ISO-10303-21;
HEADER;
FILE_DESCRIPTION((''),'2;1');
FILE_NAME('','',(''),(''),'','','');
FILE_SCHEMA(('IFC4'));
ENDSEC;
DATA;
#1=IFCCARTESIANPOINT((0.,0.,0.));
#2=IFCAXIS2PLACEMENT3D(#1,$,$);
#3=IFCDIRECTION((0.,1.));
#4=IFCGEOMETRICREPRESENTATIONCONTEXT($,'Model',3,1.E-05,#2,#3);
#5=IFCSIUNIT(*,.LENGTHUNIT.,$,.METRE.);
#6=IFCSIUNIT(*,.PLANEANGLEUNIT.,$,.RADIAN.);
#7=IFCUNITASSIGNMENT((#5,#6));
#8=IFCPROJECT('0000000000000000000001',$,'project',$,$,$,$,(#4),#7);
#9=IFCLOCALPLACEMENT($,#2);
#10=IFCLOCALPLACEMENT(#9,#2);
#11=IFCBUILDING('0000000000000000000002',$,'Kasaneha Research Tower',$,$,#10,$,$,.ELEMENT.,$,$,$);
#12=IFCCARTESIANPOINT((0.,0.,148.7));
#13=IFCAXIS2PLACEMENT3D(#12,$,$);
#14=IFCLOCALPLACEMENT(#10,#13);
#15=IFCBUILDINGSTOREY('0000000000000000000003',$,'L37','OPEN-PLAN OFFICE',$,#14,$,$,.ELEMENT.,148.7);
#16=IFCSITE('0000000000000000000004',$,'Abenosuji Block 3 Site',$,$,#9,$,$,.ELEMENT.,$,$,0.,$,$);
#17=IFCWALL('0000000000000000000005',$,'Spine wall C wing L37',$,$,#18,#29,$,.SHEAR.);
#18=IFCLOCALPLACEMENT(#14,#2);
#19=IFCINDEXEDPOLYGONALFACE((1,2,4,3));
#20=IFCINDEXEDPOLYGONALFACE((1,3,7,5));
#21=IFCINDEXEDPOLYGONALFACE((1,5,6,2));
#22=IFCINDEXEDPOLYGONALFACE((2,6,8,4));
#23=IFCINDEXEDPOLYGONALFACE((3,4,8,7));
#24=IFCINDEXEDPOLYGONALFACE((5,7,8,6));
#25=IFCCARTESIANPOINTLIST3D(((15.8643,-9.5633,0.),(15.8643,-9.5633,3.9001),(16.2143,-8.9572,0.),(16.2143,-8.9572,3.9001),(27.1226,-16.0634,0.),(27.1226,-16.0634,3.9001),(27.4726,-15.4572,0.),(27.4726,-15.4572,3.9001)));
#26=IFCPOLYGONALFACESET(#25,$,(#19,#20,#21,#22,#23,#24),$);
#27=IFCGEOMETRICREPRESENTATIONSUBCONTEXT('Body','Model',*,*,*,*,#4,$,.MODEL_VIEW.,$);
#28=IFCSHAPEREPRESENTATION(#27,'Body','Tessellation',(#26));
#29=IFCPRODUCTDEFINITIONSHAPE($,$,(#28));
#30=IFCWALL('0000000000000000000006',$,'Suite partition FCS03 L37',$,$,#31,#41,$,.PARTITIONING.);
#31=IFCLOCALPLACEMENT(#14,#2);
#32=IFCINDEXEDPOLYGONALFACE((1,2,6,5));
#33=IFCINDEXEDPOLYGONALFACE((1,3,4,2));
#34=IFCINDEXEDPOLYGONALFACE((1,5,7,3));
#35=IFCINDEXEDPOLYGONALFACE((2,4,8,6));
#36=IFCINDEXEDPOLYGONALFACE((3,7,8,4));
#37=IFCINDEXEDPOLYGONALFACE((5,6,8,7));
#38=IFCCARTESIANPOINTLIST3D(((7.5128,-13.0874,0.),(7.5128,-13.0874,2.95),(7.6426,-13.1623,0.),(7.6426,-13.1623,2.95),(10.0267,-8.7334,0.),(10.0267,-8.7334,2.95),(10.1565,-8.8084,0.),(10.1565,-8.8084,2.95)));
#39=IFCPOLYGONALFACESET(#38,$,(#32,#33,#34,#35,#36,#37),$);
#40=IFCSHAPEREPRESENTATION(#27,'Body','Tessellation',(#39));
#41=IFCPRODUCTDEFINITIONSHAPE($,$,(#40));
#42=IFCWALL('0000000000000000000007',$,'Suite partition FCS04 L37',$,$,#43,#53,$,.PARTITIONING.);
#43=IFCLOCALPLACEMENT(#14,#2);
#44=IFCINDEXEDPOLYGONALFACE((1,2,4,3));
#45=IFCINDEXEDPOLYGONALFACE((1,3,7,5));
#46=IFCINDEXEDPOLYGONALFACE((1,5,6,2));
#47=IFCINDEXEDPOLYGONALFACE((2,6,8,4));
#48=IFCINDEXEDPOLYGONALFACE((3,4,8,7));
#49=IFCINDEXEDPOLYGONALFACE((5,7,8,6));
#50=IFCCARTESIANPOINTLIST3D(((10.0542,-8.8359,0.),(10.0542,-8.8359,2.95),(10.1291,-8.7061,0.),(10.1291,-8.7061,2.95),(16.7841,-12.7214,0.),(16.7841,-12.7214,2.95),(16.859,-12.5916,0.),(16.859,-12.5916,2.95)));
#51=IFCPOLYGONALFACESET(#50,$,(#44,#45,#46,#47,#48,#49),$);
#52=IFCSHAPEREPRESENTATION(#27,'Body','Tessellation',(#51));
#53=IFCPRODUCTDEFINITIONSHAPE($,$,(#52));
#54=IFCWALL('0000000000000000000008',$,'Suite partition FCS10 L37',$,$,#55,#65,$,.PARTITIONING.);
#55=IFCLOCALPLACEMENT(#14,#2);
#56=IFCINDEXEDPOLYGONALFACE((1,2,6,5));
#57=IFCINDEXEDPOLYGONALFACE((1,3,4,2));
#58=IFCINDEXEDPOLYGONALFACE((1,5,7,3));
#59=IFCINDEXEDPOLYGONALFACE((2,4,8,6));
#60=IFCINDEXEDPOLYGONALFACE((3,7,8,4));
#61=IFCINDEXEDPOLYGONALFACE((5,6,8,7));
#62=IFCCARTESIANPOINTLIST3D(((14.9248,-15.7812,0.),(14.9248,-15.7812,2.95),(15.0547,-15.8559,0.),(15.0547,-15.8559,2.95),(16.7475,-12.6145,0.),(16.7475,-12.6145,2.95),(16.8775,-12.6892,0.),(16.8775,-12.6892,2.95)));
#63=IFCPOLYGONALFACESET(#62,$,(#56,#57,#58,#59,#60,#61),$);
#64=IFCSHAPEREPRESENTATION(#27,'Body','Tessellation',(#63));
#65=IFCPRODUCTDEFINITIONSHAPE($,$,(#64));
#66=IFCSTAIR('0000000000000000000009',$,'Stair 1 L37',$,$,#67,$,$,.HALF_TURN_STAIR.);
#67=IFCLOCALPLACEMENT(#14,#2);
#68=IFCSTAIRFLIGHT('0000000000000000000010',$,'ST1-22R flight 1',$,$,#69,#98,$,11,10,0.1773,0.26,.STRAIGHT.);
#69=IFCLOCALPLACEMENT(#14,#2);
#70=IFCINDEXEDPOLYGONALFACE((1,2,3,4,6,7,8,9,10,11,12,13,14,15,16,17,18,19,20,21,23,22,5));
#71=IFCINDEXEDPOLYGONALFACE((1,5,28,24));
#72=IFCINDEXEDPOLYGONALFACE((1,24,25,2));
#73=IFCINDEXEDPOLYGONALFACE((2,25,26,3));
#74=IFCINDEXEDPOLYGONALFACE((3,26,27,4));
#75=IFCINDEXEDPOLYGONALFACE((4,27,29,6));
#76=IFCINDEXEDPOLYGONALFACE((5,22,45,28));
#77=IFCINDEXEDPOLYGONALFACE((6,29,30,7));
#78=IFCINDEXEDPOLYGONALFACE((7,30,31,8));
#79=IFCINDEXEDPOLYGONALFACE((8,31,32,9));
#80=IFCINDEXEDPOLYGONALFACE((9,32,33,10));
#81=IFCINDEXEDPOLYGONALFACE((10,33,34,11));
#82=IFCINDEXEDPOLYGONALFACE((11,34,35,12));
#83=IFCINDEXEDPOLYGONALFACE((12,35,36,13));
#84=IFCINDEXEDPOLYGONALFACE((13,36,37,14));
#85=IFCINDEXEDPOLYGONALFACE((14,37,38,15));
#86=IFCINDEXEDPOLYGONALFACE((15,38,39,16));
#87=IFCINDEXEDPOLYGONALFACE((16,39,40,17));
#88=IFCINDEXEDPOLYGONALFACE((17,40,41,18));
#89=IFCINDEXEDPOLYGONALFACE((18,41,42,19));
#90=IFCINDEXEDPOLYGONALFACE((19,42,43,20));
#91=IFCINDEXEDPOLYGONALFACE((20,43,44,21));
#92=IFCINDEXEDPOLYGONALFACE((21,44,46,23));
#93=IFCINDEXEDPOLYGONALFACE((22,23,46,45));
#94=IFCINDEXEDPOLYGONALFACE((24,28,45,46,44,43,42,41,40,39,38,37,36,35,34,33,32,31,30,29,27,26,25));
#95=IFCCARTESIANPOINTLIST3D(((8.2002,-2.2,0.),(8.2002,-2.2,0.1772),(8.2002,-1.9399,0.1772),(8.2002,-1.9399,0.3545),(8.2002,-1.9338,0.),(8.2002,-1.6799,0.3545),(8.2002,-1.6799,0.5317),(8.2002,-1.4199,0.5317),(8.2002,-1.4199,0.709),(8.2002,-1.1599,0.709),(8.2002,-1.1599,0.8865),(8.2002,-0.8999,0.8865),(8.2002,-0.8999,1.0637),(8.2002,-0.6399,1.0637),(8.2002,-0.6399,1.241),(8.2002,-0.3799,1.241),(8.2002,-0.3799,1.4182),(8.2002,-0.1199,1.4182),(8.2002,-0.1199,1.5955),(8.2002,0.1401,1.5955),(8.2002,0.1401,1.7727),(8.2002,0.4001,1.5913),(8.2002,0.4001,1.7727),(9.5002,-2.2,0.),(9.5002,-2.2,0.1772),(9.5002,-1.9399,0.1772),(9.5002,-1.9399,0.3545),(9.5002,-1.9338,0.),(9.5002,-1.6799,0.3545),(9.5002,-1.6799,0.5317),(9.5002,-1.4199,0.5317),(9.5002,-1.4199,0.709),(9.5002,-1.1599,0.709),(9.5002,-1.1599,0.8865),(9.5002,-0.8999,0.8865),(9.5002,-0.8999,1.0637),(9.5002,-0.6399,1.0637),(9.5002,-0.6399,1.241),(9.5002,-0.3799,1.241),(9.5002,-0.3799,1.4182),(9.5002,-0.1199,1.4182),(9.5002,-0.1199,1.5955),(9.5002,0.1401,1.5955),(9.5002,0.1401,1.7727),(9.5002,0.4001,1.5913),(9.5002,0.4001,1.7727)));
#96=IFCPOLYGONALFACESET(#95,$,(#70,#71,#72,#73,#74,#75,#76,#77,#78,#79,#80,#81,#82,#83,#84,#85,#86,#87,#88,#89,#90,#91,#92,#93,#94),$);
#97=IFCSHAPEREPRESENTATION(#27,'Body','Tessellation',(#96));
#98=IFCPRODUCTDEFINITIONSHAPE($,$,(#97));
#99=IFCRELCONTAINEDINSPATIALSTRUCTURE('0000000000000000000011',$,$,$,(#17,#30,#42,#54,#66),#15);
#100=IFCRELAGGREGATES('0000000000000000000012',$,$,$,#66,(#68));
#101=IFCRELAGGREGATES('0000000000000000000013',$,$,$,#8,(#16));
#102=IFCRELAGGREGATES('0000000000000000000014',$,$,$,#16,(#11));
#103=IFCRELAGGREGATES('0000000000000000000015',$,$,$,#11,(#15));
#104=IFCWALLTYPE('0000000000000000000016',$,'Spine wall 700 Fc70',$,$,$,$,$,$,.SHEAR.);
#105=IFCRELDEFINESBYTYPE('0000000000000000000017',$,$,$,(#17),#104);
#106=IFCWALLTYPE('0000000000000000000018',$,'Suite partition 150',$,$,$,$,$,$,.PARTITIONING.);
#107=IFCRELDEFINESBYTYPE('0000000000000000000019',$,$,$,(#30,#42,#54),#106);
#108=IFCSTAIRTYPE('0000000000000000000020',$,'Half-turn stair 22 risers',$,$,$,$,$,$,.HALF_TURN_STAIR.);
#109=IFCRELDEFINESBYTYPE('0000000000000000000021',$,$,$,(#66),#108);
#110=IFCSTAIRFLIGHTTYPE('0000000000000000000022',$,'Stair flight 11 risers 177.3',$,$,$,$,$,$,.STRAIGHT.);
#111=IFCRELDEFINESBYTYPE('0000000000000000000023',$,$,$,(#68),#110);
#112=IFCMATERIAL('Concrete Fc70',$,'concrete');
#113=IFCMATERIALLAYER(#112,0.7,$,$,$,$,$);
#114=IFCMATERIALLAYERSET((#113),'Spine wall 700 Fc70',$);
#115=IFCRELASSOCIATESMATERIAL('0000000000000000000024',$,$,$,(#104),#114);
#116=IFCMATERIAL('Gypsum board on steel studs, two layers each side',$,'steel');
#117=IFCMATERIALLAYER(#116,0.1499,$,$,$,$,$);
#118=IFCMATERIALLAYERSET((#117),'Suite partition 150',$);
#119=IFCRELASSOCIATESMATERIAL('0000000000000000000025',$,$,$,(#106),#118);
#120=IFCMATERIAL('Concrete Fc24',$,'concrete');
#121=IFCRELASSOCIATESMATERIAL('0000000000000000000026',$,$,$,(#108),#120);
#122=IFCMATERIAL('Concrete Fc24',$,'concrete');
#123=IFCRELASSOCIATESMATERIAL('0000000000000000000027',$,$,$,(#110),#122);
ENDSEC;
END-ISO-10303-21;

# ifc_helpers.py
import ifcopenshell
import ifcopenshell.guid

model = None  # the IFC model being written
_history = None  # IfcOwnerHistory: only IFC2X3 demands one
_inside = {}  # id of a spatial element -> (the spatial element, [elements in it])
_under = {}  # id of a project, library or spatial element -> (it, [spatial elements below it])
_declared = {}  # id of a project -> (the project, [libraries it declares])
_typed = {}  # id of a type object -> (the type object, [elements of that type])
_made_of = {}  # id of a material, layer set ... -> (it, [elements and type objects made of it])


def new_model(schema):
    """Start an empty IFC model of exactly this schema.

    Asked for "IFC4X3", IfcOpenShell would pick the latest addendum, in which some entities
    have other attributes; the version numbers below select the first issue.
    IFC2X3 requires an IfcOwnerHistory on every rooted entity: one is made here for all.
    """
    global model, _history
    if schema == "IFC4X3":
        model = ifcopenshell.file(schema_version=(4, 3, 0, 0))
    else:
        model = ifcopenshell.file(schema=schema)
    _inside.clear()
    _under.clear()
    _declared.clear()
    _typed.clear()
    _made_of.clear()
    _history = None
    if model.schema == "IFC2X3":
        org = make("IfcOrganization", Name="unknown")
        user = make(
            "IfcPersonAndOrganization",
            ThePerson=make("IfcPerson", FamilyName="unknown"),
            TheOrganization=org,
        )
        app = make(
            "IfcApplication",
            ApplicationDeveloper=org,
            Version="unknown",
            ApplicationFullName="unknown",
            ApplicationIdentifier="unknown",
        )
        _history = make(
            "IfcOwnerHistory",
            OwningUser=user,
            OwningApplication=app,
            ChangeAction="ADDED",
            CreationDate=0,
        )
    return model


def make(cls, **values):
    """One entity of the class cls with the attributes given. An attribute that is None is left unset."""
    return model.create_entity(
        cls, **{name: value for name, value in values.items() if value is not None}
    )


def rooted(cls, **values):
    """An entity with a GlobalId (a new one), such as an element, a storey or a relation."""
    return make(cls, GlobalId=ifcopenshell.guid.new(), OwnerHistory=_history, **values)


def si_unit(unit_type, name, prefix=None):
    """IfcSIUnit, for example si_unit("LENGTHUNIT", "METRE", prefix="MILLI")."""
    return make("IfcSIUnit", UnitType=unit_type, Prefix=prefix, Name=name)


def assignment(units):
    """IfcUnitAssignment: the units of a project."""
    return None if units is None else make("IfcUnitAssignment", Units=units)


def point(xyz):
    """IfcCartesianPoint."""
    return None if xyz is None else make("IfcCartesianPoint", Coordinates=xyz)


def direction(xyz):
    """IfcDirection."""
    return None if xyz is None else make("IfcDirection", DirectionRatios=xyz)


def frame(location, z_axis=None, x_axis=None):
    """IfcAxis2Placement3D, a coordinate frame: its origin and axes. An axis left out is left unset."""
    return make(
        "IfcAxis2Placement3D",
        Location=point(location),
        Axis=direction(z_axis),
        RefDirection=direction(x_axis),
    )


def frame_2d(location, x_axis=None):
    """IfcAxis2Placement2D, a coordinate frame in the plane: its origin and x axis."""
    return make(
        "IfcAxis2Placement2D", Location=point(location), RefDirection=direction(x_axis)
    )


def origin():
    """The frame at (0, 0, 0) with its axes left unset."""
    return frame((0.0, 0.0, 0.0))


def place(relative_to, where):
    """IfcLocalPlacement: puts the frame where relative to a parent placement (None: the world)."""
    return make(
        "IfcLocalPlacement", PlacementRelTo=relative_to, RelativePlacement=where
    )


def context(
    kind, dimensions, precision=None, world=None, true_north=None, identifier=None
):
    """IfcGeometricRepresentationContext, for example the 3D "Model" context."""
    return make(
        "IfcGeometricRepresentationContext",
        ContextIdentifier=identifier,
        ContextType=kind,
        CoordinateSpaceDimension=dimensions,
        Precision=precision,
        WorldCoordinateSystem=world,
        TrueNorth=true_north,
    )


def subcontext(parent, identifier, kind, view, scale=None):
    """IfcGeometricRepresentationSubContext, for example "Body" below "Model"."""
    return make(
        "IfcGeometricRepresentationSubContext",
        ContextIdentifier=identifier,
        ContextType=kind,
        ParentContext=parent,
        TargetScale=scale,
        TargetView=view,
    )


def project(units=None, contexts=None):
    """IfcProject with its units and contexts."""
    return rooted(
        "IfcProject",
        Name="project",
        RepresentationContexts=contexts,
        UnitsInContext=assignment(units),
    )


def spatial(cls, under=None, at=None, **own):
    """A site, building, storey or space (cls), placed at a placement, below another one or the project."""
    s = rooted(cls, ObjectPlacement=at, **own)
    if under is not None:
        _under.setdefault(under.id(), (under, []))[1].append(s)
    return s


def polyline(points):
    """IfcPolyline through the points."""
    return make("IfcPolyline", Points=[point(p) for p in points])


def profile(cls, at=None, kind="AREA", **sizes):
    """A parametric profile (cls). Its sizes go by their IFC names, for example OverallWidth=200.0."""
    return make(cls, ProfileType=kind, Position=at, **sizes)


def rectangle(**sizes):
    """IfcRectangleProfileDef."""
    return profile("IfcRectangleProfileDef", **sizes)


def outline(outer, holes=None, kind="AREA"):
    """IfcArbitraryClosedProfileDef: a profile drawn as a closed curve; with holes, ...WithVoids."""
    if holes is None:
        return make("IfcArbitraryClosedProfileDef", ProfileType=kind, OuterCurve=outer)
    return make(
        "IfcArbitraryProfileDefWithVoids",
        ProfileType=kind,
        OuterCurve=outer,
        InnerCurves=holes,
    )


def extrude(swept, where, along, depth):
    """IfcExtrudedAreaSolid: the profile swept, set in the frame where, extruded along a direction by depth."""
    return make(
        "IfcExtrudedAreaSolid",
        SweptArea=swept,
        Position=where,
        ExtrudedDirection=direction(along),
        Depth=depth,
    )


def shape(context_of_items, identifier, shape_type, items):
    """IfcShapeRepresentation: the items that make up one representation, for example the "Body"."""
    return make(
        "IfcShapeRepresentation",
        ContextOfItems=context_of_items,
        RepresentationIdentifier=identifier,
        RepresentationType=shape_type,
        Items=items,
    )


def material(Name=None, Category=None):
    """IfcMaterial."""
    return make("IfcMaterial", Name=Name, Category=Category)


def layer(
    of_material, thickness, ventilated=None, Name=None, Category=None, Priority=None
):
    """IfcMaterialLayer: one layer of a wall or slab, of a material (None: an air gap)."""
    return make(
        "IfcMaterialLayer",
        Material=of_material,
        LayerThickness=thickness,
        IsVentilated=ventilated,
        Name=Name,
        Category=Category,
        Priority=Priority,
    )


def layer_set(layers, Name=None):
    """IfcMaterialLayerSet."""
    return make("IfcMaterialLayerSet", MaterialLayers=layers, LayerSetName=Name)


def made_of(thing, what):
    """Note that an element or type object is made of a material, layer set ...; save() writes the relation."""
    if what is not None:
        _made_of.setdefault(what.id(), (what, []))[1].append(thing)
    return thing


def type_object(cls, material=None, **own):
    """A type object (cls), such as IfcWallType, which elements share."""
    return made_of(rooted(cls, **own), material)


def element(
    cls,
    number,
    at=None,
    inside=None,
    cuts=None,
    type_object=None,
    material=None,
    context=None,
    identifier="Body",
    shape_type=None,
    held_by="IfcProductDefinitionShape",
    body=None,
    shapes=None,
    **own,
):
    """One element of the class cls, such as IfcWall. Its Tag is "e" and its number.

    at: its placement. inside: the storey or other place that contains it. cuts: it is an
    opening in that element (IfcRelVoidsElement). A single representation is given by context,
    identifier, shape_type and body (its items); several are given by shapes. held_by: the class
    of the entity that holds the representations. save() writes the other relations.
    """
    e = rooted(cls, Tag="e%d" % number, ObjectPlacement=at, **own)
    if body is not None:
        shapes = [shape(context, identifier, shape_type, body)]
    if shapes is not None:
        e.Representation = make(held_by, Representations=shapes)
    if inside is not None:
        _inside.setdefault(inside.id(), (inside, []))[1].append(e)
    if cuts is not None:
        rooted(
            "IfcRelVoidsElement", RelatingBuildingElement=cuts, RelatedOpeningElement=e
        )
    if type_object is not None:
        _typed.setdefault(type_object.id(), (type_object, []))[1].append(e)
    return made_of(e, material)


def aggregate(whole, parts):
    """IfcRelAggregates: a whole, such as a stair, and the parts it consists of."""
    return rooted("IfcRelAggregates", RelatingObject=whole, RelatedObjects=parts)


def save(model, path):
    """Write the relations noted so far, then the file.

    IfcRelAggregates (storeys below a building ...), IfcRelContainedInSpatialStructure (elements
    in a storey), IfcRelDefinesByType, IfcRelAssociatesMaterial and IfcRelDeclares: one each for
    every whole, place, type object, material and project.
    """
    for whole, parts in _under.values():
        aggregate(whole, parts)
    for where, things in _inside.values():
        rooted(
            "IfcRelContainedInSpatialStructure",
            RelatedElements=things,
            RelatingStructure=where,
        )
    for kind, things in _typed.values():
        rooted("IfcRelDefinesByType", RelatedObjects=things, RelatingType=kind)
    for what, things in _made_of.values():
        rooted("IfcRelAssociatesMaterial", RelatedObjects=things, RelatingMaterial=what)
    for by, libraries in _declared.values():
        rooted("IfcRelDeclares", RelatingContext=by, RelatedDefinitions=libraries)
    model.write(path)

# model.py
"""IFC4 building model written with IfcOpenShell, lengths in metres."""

from ifc_helpers import new_model, si_unit, direction, frame, frame_2d, origin, place, context, subcontext, project, spatial, polyline, rectangle, outline, extrude, material, layer, layer_set, type_object, element, aggregate, save


model = new_model("IFC4")

# Units and contexts
model_context = context("Model", 3, precision=1e-05, world=origin(), true_north=direction((0.0, 1.0)))
body_context = subcontext(model_context, "Body", "Model", "MODEL_VIEW")
ifc_project = project(units=[si_unit("LENGTHUNIT", "METRE"), si_unit("PLANEANGLEUNIT", "RADIAN")], contexts=[model_context])

# Site, building, storey
site_placement = place(None, origin())
site = spatial("IfcSite", under=ifc_project, at=site_placement, Name="Abenosuji Block 3 Site", CompositionType="ELEMENT", RefElevation=0.0)
building_placement = place(site_placement, origin())
building = spatial("IfcBuilding", under=site, at=building_placement, Name="Kasaneha Research Tower", CompositionType="ELEMENT")
storey_placement = place(building_placement, frame((0.0, 0.0, 148.7)))
storey = spatial("IfcBuildingStorey", under=building, at=storey_placement, Name="L37", Description="OPEN-PLAN OFFICE", CompositionType="ELEMENT", Elevation=148.7)

# Shared definitions
ifc_material_1 = material(Name="Concrete Fc70", Category="concrete")
ifc_layer_1 = layer(ifc_material_1, 0.7)
ifc_layer_set_1 = layer_set([ifc_layer_1], Name="Spine wall 700 Fc70")
wall_type_1 = type_object("IfcWallType", Name="Spine wall 700 Fc70", PredefinedType="SHEAR", material=ifc_layer_set_1)

# Walls
wall_1_placement = place(storey_placement, frame((16.0393, -9.2603, 0.0), z_axis=(0.0, 0.0, 1.0), x_axis=(0.866025, -0.500001, 0.0)))
element("IfcWall", 1, at=wall_1_placement, inside=storey, type_object=wall_type_1, Name="Spine wall C wing L37", PredefinedType="SHEAR", context=body_context, shape_type="SweptSolid", body=[
    extrude(rectangle(XDim=13.0, YDim=0.7, at=frame_2d((6.5, 0.0))), origin(), (0.0, 0.0, 1.0), 3.9001),
])
ifc_material_2 = material(Name="Gypsum board on steel studs, two layers each side", Category="steel")
ifc_layer_2 = layer(ifc_material_2, 0.1499)
ifc_layer_set_2 = layer_set([ifc_layer_2], Name="Suite partition 150")
wall_type_2 = type_object("IfcWallType", Name="Suite partition 150", PredefinedType="PARTITIONING", material=ifc_layer_set_2)
wall_2_placement = place(storey_placement, frame((10.0916, -8.771, 0.0), z_axis=(0.0, 0.0, 1.0), x_axis=(-0.500019, -0.866014, 0.0)))
element("IfcWall", 2, at=wall_2_placement, inside=storey, type_object=wall_type_2, Name="Suite partition FCS03 L37", PredefinedType="PARTITIONING", context=body_context, shape_type="SweptSolid", body=[
    extrude(rectangle(XDim=5.0276, YDim=0.1499, at=frame_2d((2.5137, 0.0))), origin(), (0.0, 0.0, 1.0), 2.95),
])
wall_3_placement = place(storey_placement, frame((16.8215, -12.6565, 0.0), z_axis=(0.0, 0.0, 1.0), x_axis=(-0.866029, 0.499994, 0.0)))
element("IfcWall", 3, at=wall_3_placement, inside=storey, type_object=wall_type_2, Name="Suite partition FCS04 L37", PredefinedType="PARTITIONING", context=body_context, shape_type="SweptSolid", body=[
    extrude(rectangle(XDim=7.771, YDim=0.1499, at=frame_2d((3.8855, 0.0))), origin(), (0.0, 0.0, 1.0), 2.95),
])
wall_4_placement = place(storey_placement, frame((16.8125, -12.6519, 0.0), z_axis=(0.0, 0.0, 1.0), x_axis=(-0.498856, -0.866685, 0.0)))
element("IfcWall", 4, at=wall_4_placement, inside=storey, type_object=wall_type_2, Name="Suite partition FCS10 L37", PredefinedType="PARTITIONING", context=body_context, shape_type="SweptSolid", body=[
    extrude(rectangle(XDim=3.6538, YDim=0.1499, at=frame_2d((1.8269, 0.0))), origin(), (0.0, 0.0, 1.0), 2.95),
])

# Stair, stair flight
ifc_material_3 = material(Name="Concrete Fc24", Category="concrete")
stair_type = type_object("IfcStairType", Name="Half-turn stair 22 risers", PredefinedType="HALF_TURN_STAIR", material=ifc_material_3)
stair_placement = place(storey_placement, origin())
stair = element("IfcStair", 5, at=stair_placement, inside=storey, type_object=stair_type, Name="Stair 1 L37", PredefinedType="HALF_TURN_STAIR")
ifc_material_4 = material(Name="Concrete Fc24", Category="concrete")
stair_flight_type = type_object("IfcStairFlightType", Name="Stair flight 11 risers 177.3", PredefinedType="STRAIGHT", material=ifc_material_4)
stair_flight_placement = place(storey_placement, frame((8.8501, -2.2, 0.0), z_axis=(0.0, 0.0, 1.0), x_axis=(0.0, 1.0, 0.0)))
stair_flight = element("IfcStairFlight", 6, at=stair_flight_placement, type_object=stair_flight_type, Name="ST1-22R flight 1", NumberOfRisers=11, NumberOfTreads=10, PredefinedType="STRAIGHT", RiserHeight=0.1773, TreadLength=0.26, context=body_context, shape_type="SweptSolid", body=[
    extrude(outline(polyline([(0.0, 0.0), (0.0, 0.1772), (0.26, 0.1772), (0.26, 0.3545), (0.52, 0.3545), (0.52, 0.5317), (0.78, 0.5317), (0.78, 0.709), (1.04, 0.709), (1.04, 0.8865), (1.3, 0.8865), (1.3, 1.0637), (1.5601, 1.0637), (1.5601, 1.241), (1.8201, 1.241), (1.8201, 1.4182), (2.0801, 1.4182), (2.0801, 1.5955), (2.3401, 1.5955), (2.3401, 1.7727), (2.6001, 1.7727), (2.6001, 1.95), (2.6001, 1.5913), (0.2661, 0.0), (0.0, 0.0)])), frame((0.0, 0.6499, 0.0), z_axis=(0.0, -1.0, 0.0), x_axis=(1.0, 0.0, 0.0)), (0.0, 0.0, 1.0), 1.3),
])
aggregate(stair, [stair_flight])

save(model, "model.ifc")
